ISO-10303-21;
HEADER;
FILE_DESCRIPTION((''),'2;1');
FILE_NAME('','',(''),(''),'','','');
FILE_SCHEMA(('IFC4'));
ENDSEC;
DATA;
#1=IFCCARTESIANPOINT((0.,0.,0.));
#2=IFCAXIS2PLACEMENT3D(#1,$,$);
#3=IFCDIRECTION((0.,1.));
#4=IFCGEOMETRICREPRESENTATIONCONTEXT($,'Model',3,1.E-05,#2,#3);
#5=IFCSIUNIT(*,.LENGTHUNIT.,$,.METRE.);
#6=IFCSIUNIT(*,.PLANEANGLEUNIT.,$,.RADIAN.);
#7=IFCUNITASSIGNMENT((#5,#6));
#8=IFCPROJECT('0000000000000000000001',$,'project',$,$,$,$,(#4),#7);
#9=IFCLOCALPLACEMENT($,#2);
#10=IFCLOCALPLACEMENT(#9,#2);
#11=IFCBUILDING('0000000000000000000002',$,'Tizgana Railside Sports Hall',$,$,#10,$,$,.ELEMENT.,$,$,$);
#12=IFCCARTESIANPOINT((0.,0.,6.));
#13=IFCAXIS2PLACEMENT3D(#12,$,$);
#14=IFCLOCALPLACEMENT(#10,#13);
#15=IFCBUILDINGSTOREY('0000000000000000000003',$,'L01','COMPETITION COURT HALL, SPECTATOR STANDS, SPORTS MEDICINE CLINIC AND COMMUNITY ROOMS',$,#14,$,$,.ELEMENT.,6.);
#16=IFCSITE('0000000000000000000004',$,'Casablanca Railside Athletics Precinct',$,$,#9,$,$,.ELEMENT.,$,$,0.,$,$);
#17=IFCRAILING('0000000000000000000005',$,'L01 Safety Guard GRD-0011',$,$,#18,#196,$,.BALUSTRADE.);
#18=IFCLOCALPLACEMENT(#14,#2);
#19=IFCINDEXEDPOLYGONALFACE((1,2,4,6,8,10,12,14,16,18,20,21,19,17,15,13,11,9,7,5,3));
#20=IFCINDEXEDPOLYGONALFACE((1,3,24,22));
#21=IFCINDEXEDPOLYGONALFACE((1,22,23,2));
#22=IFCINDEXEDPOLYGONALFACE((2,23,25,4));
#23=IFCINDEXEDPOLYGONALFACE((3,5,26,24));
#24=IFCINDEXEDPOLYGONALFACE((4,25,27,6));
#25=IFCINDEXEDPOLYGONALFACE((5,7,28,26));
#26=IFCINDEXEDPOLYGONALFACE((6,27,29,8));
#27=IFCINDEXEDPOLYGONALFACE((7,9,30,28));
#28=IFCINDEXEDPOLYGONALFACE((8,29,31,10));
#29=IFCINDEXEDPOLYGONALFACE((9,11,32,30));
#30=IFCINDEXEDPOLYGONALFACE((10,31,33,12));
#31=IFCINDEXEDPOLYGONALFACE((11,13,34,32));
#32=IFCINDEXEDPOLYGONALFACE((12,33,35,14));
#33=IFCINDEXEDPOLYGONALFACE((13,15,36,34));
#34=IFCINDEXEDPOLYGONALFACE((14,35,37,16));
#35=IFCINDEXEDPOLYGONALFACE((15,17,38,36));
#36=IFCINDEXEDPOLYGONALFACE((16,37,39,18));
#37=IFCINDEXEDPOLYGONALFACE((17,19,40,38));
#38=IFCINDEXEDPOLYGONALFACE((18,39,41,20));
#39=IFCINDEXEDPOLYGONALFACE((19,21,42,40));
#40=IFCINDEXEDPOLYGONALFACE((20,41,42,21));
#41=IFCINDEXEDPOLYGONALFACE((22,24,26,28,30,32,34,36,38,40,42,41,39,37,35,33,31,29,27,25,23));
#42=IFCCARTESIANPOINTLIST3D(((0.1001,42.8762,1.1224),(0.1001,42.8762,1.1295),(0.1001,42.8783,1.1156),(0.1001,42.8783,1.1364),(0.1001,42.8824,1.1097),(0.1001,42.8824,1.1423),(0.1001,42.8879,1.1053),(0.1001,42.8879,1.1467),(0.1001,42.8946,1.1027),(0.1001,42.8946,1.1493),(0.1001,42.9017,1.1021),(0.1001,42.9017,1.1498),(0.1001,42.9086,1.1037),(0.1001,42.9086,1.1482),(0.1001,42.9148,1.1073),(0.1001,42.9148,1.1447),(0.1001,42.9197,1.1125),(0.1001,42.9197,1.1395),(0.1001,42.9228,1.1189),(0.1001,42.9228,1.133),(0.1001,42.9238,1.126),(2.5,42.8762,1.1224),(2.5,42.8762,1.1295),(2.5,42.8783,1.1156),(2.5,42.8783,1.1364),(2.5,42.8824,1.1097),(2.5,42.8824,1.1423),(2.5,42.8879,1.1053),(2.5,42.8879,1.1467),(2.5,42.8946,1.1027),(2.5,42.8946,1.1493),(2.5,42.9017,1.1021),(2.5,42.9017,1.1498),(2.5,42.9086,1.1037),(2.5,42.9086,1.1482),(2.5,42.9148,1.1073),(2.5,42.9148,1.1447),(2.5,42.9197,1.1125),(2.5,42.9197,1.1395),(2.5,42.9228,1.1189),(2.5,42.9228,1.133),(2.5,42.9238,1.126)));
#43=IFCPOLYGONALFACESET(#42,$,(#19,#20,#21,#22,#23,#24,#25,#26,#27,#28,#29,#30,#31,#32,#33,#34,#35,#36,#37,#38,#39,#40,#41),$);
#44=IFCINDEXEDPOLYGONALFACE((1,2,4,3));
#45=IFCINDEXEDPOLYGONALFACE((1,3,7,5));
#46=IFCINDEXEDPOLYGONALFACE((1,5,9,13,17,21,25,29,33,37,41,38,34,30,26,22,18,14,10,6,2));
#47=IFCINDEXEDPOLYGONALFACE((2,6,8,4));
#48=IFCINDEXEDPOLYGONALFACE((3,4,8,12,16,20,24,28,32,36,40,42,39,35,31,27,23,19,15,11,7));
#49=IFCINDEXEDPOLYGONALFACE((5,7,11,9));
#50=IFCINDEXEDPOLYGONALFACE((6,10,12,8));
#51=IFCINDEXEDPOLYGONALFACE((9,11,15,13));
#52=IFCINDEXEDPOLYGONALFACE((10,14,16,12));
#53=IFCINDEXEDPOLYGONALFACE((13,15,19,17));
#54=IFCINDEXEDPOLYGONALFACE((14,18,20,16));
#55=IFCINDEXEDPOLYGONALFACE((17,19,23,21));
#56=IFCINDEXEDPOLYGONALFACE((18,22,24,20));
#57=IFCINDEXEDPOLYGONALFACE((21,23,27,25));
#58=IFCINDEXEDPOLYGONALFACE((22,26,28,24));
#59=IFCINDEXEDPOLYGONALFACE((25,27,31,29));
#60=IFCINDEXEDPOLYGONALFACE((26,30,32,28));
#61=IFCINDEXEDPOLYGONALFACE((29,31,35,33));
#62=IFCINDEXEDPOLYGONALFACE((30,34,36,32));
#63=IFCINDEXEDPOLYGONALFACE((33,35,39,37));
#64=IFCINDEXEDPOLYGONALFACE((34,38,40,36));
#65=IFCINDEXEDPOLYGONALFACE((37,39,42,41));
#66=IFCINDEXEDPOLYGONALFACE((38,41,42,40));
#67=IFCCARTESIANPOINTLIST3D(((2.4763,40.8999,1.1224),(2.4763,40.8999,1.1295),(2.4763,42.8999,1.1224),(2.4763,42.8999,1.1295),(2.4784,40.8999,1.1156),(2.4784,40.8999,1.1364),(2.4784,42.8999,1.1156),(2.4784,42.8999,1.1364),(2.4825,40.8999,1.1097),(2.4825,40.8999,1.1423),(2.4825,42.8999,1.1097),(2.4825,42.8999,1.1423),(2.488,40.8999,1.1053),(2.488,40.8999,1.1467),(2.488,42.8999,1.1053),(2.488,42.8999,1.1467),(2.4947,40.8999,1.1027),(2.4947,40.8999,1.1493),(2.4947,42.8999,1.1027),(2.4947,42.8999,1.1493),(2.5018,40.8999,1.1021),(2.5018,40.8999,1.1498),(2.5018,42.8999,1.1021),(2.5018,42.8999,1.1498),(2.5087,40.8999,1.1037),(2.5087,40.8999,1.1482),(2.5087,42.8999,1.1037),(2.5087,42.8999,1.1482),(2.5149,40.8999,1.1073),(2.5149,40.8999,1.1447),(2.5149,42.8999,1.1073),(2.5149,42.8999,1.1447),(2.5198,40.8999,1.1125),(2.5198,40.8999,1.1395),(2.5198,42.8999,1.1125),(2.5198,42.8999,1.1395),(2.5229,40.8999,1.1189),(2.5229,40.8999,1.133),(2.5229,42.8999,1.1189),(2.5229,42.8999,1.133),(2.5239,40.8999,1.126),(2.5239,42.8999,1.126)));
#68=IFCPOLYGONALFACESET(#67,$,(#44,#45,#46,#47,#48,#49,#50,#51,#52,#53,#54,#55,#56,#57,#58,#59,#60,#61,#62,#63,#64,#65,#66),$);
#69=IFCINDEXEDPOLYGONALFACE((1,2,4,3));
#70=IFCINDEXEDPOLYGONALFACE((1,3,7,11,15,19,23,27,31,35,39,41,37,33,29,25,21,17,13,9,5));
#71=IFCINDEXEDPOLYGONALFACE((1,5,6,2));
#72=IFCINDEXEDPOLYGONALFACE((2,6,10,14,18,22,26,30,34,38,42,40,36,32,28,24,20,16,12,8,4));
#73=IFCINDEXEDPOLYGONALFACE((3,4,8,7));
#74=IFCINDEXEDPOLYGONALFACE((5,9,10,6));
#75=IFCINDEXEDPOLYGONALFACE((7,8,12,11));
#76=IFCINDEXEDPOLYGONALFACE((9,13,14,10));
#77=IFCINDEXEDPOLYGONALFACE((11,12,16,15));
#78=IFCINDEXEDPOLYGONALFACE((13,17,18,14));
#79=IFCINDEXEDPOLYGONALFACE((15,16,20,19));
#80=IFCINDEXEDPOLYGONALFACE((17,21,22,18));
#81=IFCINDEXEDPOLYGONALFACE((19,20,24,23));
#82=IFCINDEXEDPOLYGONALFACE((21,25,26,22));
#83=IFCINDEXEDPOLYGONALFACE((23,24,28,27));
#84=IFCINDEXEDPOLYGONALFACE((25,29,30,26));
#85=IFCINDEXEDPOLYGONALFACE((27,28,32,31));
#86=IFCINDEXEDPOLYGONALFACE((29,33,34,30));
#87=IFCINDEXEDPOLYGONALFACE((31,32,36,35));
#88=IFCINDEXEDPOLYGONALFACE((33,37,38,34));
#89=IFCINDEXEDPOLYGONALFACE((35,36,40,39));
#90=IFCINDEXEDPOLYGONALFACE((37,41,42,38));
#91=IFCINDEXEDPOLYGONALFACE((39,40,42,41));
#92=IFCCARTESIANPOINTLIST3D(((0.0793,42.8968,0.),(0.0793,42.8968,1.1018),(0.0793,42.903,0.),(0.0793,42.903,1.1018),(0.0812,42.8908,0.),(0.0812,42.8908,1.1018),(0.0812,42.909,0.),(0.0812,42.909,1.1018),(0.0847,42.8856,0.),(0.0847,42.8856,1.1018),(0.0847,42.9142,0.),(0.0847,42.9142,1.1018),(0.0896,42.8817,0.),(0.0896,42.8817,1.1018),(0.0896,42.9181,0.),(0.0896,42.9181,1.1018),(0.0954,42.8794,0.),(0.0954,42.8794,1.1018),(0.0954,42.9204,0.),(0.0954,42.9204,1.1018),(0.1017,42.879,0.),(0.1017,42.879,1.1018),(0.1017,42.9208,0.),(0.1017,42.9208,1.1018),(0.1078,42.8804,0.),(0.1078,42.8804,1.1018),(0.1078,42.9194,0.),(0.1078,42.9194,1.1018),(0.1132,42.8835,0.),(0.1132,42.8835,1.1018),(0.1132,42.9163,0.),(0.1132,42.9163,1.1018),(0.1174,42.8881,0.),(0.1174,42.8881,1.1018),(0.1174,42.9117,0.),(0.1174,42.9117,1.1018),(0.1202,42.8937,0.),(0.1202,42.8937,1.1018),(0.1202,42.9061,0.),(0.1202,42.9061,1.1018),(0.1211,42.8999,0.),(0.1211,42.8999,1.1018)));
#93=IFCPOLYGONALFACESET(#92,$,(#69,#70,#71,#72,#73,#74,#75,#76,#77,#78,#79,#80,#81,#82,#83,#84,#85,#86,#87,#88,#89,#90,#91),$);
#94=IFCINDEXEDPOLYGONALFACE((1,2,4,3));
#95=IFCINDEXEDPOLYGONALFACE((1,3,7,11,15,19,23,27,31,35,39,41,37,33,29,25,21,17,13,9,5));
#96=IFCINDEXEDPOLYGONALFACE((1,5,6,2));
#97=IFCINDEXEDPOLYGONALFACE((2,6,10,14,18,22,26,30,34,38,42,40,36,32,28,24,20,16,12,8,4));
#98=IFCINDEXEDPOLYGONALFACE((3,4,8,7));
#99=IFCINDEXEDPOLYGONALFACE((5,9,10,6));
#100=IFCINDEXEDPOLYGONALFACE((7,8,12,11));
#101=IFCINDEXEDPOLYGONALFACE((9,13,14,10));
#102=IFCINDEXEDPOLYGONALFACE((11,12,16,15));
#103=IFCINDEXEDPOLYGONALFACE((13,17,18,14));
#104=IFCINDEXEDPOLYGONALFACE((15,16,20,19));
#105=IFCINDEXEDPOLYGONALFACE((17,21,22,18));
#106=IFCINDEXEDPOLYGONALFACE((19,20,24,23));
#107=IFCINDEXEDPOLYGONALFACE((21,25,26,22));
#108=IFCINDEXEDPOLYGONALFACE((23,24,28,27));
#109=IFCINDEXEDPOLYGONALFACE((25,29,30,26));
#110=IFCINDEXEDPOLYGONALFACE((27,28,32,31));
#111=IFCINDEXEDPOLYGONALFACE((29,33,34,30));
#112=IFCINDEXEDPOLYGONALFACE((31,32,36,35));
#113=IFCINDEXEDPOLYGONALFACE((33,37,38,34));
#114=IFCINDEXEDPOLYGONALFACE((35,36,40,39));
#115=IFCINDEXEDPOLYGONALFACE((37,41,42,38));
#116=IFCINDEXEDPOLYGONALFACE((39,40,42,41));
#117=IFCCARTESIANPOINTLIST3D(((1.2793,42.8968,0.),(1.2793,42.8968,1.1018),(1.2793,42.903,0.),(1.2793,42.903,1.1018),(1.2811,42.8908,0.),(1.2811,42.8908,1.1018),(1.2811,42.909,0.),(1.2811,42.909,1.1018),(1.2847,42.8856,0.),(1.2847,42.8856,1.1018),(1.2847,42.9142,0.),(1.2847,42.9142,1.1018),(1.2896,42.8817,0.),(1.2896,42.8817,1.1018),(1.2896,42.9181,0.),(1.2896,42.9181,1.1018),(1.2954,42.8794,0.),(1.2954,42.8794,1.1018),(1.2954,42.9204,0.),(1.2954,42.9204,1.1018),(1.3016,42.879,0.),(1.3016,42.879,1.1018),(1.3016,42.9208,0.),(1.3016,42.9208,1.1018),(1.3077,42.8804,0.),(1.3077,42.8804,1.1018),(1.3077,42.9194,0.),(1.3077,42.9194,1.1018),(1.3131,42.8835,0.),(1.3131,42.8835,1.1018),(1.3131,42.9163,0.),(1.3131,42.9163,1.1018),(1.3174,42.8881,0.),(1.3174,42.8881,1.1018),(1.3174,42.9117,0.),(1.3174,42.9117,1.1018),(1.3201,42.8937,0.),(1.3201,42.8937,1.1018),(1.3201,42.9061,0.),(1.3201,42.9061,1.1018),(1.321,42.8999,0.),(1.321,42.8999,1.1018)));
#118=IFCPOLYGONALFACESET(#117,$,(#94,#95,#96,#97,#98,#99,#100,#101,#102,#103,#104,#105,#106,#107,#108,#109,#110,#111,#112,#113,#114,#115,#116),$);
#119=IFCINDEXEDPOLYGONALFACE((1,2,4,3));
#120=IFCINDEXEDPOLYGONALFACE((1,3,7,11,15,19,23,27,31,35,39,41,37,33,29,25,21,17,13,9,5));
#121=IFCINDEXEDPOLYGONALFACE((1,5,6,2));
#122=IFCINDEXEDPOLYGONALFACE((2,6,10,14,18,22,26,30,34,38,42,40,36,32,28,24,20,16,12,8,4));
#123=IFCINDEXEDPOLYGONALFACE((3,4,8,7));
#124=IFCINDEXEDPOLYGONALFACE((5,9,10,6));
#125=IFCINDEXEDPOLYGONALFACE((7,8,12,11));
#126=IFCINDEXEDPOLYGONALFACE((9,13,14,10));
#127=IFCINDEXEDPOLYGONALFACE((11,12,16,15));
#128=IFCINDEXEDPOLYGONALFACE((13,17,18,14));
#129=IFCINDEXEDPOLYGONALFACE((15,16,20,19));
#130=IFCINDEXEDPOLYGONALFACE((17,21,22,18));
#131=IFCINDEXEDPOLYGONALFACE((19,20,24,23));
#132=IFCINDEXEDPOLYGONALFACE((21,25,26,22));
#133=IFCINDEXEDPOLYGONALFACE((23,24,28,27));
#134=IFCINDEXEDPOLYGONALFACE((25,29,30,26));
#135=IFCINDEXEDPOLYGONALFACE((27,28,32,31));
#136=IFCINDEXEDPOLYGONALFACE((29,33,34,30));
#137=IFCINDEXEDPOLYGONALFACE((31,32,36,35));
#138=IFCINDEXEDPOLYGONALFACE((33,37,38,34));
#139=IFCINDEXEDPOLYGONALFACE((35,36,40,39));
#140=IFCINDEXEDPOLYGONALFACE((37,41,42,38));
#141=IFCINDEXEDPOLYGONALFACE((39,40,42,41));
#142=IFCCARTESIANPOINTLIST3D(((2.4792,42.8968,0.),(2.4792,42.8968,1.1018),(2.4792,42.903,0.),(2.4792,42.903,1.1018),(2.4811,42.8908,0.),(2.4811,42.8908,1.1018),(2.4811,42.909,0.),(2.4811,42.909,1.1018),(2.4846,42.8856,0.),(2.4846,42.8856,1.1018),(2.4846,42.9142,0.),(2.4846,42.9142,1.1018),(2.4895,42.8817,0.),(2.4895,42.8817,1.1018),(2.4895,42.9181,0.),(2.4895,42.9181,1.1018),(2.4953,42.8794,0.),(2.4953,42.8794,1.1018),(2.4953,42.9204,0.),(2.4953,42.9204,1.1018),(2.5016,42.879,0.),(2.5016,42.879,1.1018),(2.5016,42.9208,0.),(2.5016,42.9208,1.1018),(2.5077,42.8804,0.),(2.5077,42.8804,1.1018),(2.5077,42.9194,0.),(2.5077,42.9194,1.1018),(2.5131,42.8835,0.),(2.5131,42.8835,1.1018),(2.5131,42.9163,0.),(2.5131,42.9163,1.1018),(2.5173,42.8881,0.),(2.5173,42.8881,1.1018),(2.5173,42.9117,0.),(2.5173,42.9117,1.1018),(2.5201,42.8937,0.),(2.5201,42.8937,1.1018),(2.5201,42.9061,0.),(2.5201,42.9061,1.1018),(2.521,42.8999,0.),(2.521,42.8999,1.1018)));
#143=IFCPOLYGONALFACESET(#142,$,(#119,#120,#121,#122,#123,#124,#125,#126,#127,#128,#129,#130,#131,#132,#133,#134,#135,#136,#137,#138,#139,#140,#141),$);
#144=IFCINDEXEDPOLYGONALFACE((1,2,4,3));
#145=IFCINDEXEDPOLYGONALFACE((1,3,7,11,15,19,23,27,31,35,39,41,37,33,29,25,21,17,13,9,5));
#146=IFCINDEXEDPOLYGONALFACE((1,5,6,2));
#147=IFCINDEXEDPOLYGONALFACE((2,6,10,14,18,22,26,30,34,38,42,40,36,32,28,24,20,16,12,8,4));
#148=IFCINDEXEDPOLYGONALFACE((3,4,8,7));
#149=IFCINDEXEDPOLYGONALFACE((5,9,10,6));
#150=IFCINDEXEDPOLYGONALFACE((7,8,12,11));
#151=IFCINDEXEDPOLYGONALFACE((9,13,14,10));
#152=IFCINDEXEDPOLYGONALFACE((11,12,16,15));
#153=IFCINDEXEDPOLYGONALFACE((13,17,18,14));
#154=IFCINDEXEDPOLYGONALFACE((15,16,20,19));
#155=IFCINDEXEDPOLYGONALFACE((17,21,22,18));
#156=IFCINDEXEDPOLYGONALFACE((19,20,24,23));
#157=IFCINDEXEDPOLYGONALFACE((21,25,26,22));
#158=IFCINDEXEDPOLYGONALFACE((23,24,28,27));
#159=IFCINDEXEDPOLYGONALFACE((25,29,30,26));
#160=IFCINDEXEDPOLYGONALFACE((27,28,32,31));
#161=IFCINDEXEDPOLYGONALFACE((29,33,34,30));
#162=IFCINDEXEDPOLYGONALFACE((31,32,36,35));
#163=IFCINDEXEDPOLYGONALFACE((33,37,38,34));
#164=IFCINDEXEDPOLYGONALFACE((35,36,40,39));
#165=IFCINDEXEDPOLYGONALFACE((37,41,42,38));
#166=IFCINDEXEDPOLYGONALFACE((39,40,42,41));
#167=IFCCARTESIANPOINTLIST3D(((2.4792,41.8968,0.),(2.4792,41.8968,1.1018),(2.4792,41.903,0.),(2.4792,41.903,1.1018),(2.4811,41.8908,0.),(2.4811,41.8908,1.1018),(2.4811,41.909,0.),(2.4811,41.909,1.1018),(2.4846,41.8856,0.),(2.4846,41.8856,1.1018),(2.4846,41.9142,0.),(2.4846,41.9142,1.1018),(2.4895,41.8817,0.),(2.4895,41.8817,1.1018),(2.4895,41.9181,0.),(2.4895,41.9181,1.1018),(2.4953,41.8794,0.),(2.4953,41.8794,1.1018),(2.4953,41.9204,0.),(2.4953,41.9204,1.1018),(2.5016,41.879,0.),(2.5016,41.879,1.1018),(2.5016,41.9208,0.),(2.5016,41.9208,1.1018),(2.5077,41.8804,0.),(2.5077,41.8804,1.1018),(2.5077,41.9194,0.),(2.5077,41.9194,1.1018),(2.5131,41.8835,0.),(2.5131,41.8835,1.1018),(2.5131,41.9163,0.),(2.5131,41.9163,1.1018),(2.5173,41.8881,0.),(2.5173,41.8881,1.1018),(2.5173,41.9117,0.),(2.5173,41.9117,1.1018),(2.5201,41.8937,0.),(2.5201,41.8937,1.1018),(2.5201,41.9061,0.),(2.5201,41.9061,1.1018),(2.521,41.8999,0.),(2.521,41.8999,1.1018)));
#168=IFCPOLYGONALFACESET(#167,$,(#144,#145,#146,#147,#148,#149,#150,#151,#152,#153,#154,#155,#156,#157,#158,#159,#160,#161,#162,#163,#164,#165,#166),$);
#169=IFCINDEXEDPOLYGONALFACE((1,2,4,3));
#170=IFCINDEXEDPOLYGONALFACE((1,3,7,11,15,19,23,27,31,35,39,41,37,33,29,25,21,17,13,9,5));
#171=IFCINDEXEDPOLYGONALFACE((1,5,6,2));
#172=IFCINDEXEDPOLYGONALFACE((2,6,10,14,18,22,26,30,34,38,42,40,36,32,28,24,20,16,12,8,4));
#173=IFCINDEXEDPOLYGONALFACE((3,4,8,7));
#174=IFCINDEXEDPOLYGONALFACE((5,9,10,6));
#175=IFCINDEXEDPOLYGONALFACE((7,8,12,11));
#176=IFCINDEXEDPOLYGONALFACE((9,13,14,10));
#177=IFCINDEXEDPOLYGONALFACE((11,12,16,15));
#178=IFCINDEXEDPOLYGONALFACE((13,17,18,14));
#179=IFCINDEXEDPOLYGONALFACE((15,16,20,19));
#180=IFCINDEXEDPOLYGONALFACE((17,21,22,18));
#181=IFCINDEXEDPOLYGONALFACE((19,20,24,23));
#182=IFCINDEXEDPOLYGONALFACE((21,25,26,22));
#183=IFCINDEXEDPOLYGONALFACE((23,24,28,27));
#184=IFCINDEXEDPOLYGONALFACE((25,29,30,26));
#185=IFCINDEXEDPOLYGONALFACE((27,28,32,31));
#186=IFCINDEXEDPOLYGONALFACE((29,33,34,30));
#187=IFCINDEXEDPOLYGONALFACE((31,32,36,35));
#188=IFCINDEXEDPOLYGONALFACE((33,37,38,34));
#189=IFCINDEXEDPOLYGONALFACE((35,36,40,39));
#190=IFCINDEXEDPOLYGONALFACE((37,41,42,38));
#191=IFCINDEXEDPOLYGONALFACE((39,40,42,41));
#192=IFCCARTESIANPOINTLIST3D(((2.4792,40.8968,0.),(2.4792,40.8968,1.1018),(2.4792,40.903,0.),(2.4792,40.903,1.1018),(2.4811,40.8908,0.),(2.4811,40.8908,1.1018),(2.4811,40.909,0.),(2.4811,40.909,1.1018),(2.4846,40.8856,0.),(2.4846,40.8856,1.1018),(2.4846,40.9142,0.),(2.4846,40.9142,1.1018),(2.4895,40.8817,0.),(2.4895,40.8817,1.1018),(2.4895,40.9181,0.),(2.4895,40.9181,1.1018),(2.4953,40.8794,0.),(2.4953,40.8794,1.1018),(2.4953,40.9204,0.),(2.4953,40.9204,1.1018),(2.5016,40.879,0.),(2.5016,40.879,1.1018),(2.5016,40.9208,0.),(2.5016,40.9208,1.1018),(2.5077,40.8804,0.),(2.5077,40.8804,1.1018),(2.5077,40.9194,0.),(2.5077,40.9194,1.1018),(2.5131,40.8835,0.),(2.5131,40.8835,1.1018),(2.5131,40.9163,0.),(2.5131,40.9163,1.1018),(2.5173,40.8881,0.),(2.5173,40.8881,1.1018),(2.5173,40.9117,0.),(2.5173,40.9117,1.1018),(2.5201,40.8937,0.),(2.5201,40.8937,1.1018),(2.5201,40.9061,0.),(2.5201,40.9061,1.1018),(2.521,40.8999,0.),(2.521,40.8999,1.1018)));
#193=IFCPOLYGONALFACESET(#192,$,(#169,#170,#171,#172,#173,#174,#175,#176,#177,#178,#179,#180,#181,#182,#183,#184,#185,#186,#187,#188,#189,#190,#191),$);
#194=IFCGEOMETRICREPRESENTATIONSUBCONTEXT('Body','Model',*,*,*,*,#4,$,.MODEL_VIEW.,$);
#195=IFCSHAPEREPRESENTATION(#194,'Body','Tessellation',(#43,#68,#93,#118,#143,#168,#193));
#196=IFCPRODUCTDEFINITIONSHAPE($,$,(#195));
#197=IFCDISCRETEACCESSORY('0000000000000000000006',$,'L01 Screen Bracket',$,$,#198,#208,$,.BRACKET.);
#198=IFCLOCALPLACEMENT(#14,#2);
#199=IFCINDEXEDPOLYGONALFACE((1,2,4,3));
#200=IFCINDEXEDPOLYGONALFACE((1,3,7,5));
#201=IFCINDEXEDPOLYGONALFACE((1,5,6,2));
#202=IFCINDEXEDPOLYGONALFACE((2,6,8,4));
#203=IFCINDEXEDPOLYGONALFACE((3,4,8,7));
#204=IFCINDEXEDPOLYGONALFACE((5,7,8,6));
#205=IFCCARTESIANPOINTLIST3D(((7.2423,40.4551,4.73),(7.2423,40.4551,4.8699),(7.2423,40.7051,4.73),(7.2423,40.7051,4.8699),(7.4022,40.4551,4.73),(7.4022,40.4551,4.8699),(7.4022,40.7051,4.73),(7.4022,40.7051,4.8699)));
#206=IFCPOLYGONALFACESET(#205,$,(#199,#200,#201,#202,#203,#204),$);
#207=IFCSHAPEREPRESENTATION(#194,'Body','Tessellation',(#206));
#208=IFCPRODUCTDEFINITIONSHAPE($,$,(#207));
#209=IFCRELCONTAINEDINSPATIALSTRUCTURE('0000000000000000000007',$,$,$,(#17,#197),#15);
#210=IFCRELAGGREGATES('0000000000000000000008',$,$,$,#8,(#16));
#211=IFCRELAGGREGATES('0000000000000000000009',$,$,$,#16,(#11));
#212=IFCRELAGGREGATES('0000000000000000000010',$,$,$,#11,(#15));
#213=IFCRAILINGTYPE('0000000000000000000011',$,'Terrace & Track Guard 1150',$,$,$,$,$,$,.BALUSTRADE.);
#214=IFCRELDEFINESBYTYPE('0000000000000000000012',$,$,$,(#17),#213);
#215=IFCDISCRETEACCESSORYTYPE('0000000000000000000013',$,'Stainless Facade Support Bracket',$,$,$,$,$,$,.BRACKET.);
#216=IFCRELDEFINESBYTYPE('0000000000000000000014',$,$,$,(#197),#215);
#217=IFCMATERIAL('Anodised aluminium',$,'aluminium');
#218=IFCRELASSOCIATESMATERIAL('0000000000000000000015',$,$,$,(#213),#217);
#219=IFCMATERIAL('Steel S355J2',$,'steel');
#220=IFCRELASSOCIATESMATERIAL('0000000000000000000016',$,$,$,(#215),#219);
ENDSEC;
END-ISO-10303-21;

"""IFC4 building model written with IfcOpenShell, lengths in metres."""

from ifc_helpers import new_model, si_unit, direction, frame, origin, origin_2d, place, context, subcontext, project, spatial, rectangle, circle, extrude, material, type_object, element, save


model = new_model("IFC4")

# Units and contexts
model_context = context("Model", 3, precision=1e-05, world=origin(), true_north=direction((0.0, 1.0)))
body_context = subcontext(model_context, "Body", "Model", "MODEL_VIEW")
ifc_project = project(units=[si_unit("LENGTHUNIT", "METRE"), si_unit("PLANEANGLEUNIT", "RADIAN")], contexts=[model_context])

# Site, building, storey
site_placement = place(None, origin())
site = spatial("IfcSite", under=ifc_project, at=site_placement, Name="Casablanca Railside Athletics Precinct", CompositionType="ELEMENT", RefElevation=0.0)
building_placement = place(site_placement, origin())
building = spatial("IfcBuilding", under=site, at=building_placement, Name="Tizgana Railside Sports Hall", CompositionType="ELEMENT")
storey_placement = place(building_placement, frame((0.0, 0.0, 6.0)))
storey = spatial("IfcBuildingStorey", under=building, at=storey_placement, Name="L01", Description="COMPETITION COURT HALL, SPECTATOR STANDS, SPORTS MEDICINE CLINIC AND COMMUNITY ROOMS", CompositionType="ELEMENT", Elevation=6.0)

# Shared definitions
ifc_material_1 = material(Name="Steel S355J2", Category="steel")

# Railing
ifc_material_2 = material(Name="Anodised aluminium", Category="aluminium")
railing_type_1 = type_object("IfcRailingType", Name="Terrace & Track Guard 1150", PredefinedType="BALUSTRADE", material=ifc_material_2)
railing_1_placement = place(storey_placement, frame((0.1001, 42.8999, 0.0)))
element("IfcRailing", 1, at=railing_1_placement, inside=storey, type_object=railing_type_1, Name="L01 Safety Guard GRD-0011", PredefinedType="BALUSTRADE", context=body_context, shape_type="SweptSolid", body=[
    extrude(circle(Radius=0.0239, at=origin_2d()), frame((0.0, 0.0, 1.126), z_axis=(1.0, 0.0, 0.0), x_axis=(0.0, 1.0, 0.0)), (0.0, 0.0, 1.0), 2.3999),
    extrude(circle(Radius=0.0239, at=origin_2d()), frame((2.3999, 0.0, 1.126), z_axis=(0.0, -1.0, 0.0), x_axis=(1.0, 0.0, 0.0)), (0.0, 0.0, 1.0), 2.0),
    extrude(circle(Radius=0.021, at=origin_2d()), origin(), (0.0, 0.0, 1.0), 1.1018),
    extrude(circle(Radius=0.021, at=origin_2d()), frame((1.2, 0.0, 0.0)), (0.0, 0.0, 1.0), 1.1018),
    extrude(circle(Radius=0.021, at=origin_2d()), frame((2.3999, 0.0, 0.0)), (0.0, 0.0, 1.0), 1.1018),
    extrude(circle(Radius=0.021, at=origin_2d()), frame((2.3999, -1.0, 0.0)), (0.0, 0.0, 1.0), 1.1018),
    extrude(circle(Radius=0.021, at=origin_2d()), frame((2.3999, -2.0, 0.0)), (0.0, 0.0, 1.0), 1.1018),
])

# Discrete accessory
discrete_accessory_type = type_object("IfcDiscreteAccessoryType", Name="Stainless Facade Support Bracket", PredefinedType="BRACKET", material=ifc_material_1)
for number, where, z_axis, x_axis, name in (
    (2, (7.3223, 40.5801, 4.73), (0.0, 0.0, 1.0), (-1.0, 0.0, 0.0), "L01 Screen Bracket"),
):
    element("IfcDiscreteAccessory", number, at=place(storey_placement, frame(where, z_axis=z_axis, x_axis=x_axis)), inside=storey, type_object=discrete_accessory_type, Name=name, PredefinedType="BRACKET", context=body_context, shape_type="SweptSolid", body=[
        extrude(rectangle(XDim=0.1599, YDim=0.25, at=origin_2d()), origin(), (0.0, 0.0, 1.0), 0.1399),
    ])

save(model, "model.ifc")
